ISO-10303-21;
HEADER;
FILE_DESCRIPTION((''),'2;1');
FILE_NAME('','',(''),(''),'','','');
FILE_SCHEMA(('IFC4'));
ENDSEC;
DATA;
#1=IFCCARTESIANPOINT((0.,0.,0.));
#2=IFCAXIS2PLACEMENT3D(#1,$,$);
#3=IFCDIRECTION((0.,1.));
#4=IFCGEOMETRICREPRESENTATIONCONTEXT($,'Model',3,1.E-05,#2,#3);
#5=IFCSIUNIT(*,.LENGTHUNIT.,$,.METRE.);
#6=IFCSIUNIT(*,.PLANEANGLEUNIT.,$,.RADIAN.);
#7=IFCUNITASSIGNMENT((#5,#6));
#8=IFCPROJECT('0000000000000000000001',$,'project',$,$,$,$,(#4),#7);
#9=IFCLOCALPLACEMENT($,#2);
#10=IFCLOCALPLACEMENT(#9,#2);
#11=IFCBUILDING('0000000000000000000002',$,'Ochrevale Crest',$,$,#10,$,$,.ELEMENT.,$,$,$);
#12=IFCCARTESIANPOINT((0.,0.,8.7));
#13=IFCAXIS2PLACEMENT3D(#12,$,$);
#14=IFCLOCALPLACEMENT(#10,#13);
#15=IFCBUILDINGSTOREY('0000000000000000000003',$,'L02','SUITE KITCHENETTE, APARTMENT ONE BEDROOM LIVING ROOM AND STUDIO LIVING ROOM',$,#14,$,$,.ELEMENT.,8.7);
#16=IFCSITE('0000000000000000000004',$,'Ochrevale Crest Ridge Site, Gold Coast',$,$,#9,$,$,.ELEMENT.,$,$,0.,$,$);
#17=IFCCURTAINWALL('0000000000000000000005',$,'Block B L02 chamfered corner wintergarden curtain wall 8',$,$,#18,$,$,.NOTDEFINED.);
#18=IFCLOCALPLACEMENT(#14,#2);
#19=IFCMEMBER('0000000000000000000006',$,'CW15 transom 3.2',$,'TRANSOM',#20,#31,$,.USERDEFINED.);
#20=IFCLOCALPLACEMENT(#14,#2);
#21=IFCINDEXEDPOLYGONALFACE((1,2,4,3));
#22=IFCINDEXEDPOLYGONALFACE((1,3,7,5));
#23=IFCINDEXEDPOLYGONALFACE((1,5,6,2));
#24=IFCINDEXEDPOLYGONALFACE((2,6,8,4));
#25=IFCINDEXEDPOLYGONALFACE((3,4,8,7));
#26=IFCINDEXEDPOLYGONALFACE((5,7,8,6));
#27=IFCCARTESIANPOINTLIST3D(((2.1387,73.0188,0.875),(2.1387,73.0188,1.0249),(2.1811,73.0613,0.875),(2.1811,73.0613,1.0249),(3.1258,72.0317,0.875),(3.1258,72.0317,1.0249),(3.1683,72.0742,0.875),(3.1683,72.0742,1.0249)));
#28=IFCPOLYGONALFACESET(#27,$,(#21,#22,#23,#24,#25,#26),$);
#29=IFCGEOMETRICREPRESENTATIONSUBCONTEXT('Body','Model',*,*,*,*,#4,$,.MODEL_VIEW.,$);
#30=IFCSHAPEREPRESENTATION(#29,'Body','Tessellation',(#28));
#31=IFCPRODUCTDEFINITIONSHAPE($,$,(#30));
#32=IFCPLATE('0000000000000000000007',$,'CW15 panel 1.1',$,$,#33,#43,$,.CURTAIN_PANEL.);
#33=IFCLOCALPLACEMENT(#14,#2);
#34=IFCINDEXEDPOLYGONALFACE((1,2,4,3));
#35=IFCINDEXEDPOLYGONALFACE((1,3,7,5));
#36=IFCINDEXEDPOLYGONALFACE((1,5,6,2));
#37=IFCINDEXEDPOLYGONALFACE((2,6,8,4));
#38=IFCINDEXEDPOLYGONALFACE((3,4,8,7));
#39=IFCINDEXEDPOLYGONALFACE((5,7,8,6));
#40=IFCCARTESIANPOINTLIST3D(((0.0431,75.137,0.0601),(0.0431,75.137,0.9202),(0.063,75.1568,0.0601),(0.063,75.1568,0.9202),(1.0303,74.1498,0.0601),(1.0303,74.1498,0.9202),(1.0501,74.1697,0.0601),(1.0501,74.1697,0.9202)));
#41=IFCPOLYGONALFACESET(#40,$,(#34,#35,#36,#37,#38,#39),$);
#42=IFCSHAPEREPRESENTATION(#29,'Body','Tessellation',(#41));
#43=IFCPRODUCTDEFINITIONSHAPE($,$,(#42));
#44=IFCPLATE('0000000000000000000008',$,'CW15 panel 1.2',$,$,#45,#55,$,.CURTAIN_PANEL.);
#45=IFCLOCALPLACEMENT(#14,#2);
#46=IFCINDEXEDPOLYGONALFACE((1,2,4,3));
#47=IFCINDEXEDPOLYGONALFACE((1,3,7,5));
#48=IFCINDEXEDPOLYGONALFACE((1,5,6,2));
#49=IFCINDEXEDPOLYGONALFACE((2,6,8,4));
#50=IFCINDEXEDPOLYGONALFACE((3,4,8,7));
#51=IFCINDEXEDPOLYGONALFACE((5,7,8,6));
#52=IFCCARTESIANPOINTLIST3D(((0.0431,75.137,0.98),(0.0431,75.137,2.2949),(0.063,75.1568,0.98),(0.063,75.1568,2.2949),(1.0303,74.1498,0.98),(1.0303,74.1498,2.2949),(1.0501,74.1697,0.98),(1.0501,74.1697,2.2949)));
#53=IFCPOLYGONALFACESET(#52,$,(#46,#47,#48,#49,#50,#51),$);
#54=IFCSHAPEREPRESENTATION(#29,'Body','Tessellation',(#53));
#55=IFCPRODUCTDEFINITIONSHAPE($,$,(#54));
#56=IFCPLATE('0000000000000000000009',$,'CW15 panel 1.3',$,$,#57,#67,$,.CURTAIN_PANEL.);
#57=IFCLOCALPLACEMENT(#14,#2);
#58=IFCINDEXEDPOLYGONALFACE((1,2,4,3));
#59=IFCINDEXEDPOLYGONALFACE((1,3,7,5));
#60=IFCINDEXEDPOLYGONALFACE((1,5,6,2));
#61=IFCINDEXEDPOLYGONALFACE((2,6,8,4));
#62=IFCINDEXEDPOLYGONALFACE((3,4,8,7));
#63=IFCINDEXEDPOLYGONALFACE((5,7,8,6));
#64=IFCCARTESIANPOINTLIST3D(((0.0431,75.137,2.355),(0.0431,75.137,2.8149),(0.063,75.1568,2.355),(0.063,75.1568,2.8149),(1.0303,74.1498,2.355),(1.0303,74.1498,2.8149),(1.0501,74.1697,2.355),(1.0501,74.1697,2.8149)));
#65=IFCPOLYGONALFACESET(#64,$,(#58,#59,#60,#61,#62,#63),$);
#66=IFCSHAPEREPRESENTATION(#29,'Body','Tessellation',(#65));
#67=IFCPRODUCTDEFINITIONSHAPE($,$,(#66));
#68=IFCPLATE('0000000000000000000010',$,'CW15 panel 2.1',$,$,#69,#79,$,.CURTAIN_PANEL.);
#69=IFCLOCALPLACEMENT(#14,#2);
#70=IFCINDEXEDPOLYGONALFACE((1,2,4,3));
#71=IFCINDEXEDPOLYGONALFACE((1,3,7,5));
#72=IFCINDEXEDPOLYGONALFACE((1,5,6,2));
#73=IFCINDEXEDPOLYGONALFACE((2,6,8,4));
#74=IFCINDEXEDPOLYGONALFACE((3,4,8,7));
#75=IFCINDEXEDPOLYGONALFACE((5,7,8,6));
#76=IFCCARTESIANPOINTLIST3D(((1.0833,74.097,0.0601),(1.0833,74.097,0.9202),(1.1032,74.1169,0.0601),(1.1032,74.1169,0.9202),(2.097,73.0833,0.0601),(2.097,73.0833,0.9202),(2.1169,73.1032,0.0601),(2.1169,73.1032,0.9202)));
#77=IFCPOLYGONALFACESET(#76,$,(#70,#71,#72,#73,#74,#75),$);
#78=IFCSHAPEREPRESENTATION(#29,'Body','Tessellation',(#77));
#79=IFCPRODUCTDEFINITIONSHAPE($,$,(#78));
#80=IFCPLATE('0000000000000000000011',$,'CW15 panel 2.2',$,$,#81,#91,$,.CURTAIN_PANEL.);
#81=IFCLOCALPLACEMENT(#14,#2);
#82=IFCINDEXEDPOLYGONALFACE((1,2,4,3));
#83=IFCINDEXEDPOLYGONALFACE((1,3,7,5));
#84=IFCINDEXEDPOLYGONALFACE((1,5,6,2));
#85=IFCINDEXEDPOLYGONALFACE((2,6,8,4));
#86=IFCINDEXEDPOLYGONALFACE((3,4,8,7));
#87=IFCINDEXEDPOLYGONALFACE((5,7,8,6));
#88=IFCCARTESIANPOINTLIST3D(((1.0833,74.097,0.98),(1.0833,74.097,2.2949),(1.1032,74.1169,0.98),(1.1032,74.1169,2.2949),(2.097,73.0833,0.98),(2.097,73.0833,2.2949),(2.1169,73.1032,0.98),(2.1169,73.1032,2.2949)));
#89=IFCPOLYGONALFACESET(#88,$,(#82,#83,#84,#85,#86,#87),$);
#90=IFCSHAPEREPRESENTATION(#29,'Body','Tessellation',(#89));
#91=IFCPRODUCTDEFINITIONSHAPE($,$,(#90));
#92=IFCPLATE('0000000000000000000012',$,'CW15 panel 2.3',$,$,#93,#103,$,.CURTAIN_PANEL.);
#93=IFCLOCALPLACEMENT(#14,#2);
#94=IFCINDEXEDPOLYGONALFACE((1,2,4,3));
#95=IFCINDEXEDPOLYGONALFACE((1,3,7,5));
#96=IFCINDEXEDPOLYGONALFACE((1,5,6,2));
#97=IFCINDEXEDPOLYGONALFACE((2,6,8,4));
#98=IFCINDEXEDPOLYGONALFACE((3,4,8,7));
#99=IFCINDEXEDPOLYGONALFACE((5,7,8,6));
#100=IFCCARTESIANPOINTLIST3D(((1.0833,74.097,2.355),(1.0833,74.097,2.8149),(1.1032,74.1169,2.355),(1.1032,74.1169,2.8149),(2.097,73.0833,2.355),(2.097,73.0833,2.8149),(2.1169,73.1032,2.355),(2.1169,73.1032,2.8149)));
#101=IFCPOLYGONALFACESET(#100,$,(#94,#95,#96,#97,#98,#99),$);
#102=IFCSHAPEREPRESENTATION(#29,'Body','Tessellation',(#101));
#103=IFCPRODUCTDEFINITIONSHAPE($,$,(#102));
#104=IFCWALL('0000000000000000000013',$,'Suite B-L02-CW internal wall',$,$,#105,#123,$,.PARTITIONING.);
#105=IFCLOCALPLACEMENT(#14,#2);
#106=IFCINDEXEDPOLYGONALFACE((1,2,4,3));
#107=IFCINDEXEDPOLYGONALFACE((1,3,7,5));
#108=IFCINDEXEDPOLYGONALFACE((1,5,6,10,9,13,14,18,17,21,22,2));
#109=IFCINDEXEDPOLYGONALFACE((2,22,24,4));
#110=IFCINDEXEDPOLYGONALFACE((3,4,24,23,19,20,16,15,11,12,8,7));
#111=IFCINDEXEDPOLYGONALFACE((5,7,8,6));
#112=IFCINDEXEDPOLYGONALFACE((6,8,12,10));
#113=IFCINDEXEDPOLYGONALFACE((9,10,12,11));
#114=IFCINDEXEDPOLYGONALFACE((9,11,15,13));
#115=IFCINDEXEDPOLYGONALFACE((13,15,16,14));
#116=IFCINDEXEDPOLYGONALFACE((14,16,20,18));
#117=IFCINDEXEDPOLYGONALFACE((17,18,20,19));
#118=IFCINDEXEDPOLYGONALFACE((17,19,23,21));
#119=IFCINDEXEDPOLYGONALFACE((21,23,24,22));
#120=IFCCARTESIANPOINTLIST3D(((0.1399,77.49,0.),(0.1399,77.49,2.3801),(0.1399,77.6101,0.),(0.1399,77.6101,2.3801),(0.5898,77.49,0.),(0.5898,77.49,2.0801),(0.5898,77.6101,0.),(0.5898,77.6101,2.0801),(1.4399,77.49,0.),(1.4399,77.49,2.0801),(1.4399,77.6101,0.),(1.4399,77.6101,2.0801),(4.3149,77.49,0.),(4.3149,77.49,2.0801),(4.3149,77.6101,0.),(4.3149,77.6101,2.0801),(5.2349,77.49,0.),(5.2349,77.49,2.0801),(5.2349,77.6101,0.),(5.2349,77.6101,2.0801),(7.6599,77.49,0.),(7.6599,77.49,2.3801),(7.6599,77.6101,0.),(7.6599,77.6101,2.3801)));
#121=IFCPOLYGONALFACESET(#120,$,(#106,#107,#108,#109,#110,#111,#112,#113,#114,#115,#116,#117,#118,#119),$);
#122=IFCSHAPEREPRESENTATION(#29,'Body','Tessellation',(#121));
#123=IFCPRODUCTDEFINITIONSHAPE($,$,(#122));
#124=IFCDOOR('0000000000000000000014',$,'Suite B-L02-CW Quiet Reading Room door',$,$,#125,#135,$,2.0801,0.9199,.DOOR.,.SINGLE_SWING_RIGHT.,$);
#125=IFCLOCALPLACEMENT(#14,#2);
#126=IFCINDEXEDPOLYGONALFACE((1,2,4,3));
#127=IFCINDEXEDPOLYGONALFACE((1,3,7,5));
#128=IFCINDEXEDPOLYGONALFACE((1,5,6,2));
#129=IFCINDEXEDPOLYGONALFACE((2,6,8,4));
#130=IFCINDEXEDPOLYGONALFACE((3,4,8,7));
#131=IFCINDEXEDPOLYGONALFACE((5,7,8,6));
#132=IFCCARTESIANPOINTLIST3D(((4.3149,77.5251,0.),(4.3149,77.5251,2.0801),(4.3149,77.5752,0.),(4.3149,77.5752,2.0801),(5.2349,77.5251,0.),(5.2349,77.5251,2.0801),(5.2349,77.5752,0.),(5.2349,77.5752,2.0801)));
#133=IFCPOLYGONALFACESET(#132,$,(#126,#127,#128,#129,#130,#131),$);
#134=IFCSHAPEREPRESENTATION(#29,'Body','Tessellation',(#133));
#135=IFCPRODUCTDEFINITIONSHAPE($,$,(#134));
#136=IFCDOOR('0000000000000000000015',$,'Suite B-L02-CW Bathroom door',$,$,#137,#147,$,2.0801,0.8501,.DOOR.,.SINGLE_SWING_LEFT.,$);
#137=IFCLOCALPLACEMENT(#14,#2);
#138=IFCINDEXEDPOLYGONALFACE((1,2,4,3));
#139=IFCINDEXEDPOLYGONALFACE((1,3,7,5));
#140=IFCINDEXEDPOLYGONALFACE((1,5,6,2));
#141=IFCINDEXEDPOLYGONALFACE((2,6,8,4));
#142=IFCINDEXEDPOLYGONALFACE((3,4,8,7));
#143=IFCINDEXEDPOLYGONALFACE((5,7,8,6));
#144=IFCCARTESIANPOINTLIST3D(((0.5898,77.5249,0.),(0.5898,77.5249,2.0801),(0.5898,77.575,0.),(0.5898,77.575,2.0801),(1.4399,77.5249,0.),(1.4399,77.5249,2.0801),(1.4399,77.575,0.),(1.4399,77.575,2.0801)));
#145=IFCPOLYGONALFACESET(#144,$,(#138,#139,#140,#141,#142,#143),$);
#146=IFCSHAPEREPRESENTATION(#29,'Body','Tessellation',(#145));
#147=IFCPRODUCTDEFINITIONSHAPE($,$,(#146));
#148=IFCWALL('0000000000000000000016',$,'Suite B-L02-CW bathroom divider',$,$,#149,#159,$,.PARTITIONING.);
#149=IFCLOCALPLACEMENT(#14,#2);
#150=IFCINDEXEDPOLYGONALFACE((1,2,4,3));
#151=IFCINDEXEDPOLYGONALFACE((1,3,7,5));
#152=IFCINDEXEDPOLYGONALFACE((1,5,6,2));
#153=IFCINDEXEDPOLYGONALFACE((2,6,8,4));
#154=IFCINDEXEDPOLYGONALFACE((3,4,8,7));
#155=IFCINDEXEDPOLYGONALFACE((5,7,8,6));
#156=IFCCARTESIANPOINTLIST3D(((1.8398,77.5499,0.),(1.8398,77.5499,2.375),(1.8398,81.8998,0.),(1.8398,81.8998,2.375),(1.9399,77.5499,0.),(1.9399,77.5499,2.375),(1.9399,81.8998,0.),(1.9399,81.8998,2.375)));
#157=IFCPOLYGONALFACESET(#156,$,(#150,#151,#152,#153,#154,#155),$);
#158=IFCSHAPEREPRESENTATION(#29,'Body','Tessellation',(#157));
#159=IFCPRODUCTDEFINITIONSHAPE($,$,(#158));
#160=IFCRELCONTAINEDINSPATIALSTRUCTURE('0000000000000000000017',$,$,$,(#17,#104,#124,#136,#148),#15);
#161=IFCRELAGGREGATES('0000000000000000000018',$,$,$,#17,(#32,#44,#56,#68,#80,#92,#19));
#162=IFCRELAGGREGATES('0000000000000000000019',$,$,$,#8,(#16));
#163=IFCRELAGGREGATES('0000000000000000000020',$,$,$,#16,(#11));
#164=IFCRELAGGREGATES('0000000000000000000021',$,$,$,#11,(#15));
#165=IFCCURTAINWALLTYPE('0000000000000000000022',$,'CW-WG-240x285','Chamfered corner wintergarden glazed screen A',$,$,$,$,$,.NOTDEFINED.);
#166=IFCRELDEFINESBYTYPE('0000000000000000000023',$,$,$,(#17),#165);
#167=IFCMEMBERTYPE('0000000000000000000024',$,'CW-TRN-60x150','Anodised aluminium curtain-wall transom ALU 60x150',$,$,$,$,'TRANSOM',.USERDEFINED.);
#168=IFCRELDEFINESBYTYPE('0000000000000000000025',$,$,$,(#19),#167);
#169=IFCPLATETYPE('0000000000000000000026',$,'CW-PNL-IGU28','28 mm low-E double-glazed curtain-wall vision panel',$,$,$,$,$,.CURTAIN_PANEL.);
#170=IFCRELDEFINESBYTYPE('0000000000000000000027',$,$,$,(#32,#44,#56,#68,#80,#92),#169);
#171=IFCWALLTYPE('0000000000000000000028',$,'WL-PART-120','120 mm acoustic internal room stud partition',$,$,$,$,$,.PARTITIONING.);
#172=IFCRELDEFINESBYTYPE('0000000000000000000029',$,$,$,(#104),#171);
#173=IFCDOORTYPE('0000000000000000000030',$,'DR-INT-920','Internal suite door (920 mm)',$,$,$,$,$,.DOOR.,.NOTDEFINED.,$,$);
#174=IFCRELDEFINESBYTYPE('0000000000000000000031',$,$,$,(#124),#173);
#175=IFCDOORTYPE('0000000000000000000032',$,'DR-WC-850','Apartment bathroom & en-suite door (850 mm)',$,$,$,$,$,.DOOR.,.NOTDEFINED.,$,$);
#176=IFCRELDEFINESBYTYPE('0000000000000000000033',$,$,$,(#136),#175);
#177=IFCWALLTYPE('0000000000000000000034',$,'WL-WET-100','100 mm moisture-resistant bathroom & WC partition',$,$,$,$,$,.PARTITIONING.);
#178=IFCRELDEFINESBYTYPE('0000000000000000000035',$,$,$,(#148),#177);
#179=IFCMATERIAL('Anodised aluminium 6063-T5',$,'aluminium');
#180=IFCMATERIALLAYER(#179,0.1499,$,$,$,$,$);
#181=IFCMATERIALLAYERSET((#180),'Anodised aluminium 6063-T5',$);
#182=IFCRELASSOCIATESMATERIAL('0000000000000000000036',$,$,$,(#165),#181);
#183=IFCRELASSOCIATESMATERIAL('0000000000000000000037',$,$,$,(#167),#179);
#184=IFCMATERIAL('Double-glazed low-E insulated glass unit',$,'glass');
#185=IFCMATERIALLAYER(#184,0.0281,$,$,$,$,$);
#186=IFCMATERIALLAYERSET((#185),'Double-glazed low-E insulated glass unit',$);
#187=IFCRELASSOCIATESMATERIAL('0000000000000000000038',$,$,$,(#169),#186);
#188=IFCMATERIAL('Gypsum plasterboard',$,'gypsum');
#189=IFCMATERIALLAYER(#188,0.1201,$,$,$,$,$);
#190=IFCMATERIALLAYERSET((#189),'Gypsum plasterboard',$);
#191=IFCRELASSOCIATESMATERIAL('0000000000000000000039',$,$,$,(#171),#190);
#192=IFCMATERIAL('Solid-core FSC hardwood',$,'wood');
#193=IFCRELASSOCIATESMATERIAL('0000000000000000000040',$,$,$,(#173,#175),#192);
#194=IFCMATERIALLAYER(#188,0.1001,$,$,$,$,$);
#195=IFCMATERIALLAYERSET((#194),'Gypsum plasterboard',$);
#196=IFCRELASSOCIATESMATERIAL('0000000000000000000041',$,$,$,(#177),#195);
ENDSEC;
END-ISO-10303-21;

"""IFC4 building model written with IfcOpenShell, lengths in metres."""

from ifc_helpers import new_model, si_unit, direction, frame, frame_2d, origin, origin_2d, place, context, subcontext, project, spatial, rectangle, extrude, material, layer, layer_set, material_profile, profile_set, type_object, element, fill, aggregate, save


model = new_model("IFC4")

# Units and contexts
model_context = context("Model", 3, precision=1e-05, world=origin(), true_north=direction((0.0, 1.0)))
body_context = subcontext(model_context, "Body", "Model", "MODEL_VIEW")
ifc_project = project(units=[si_unit("LENGTHUNIT", "METRE"), si_unit("PLANEANGLEUNIT", "RADIAN")], contexts=[model_context])

# Site, building, storey
site_placement = place(None, origin())
site = spatial("IfcSite", under=ifc_project, at=site_placement, Name="Ochrevale Crest Ridge Site, Gold Coast", CompositionType="ELEMENT", RefElevation=0.0)
building_placement = place(site_placement, origin())
building = spatial("IfcBuilding", under=site, at=building_placement, Name="Ochrevale Crest", CompositionType="ELEMENT")
storey_placement = place(building_placement, frame((0.0, 0.0, 8.7)))
storey = spatial("IfcBuildingStorey", under=building, at=storey_placement, Name="L02", Description="SUITE KITCHENETTE, APARTMENT ONE BEDROOM LIVING ROOM AND STUDIO LIVING ROOM", CompositionType="ELEMENT", Elevation=8.7)

# Curtain wall, member, plates
ifc_material_1 = material(Name="Anodised aluminium 6063-T5", Category="aluminium")
ifc_layer_1 = layer(ifc_material_1, 0.1499)
ifc_layer_set_1 = layer_set([ifc_layer_1], Name="Anodised aluminium 6063-T5")
curtain_wall_type = type_object("IfcCurtainWallType", Name="CW-WG-240x285", Description="Chamfered corner wintergarden glazed screen A", PredefinedType="NOTDEFINED", material=ifc_layer_set_1)
curtain_wall_placement = place(storey_placement, origin())
curtain_wall = element("IfcCurtainWall", 1, at=curtain_wall_placement, inside=storey, type_object=curtain_wall_type, Name="Block B L02 chamfered corner wintergarden curtain wall 8", PredefinedType="NOTDEFINED")
ifc_material_profile_1 = material_profile(ifc_material_1, rectangle(XDim=0.0601, YDim=0.1499, at=origin_2d()), Name="ALU 60x150")
ifc_profile_set_1 = profile_set([ifc_material_profile_1], Name="Anodised aluminium 6063-T5")
member_type_1 = type_object("IfcMemberType", Name="CW-TRN-60x150", Description="Anodised aluminium curtain-wall transom ALU 60x150", ElementType="TRANSOM", PredefinedType="USERDEFINED", material=ifc_profile_set_1)
member_1_placement = place(storey_placement, frame((2.1599, 73.04, 0.95), z_axis=(0.707107, -0.707107, 0.0), x_axis=(0.707107, 0.707107, 0.0)))
member_1 = element("IfcMember", 2, at=member_1_placement, type_object=member_type_1, Name="CW15 transom 3.2", ObjectType="TRANSOM", PredefinedType="USERDEFINED", context=body_context, shape_type="SweptSolid", body=[
    extrude(rectangle(XDim=0.0601, YDim=0.1499, at=origin_2d()), origin(), (0.0, 0.0, 1.0), 1.396),
])
ifc_material_2 = material(Name="Double-glazed low-E insulated glass unit", Category="glass")
ifc_layer_2 = layer(ifc_material_2, 0.0281)
ifc_layer_set_2 = layer_set([ifc_layer_2], Name="Double-glazed low-E insulated glass unit")
plate_type = type_object("IfcPlateType", Name="CW-PNL-IGU28", Description="28 mm low-E double-glazed curtain-wall vision panel", PredefinedType="CURTAIN_PANEL", material=ifc_layer_set_2)
plate_1_placement = place(storey_placement, frame((0.5466, 74.6533, 0.0601), z_axis=(0.0, 0.0, 1.0), x_axis=(0.707107, -0.707107, 0.0)))
plate_1 = element("IfcPlate", 3, at=plate_1_placement, type_object=plate_type, Name="CW15 panel 1.1", PredefinedType="CURTAIN_PANEL", context=body_context, shape_type="SweptSolid", body=[
    extrude(rectangle(XDim=1.396, YDim=0.0281, at=origin_2d()), origin(), (0.0, 0.0, 1.0), 0.8601),
])
plate_2_placement = place(storey_placement, frame((0.5466, 74.6533, 0.98), z_axis=(0.0, 0.0, 1.0), x_axis=(0.707107, -0.707107, 0.0)))
plate_2 = element("IfcPlate", 4, at=plate_2_placement, type_object=plate_type, Name="CW15 panel 1.2", PredefinedType="CURTAIN_PANEL", context=body_context, shape_type="SweptSolid", body=[
    extrude(rectangle(XDim=1.396, YDim=0.0281, at=origin_2d()), origin(), (0.0, 0.0, 1.0), 1.3149),
])
plate_3_placement = place(storey_placement, frame((0.5466, 74.6533, 2.355), z_axis=(0.0, 0.0, 1.0), x_axis=(0.707107, -0.707107, 0.0)))
plate_3 = element("IfcPlate", 5, at=plate_3_placement, type_object=plate_type, Name="CW15 panel 1.3", PredefinedType="CURTAIN_PANEL", context=body_context, shape_type="SweptSolid", body=[
    extrude(rectangle(XDim=1.396, YDim=0.0281, at=origin_2d()), origin(), (0.0, 0.0, 1.0), 0.46),
])
plate_4_placement = place(storey_placement, frame((1.6001, 73.6001, 0.0601), z_axis=(0.0, 0.0, 1.0), x_axis=(0.707107, -0.707107, 0.0)))
plate_4 = element("IfcPlate", 6, at=plate_4_placement, type_object=plate_type, Name="CW15 panel 2.1", PredefinedType="CURTAIN_PANEL", context=body_context, shape_type="SweptSolid", body=[
    extrude(rectangle(XDim=1.4336, YDim=0.0281, at=origin_2d()), origin(), (0.0, 0.0, 1.0), 0.8601),
])
plate_5_placement = place(storey_placement, frame((1.6001, 73.6001, 0.98), z_axis=(0.0, 0.0, 1.0), x_axis=(0.707107, -0.707107, 0.0)))
plate_5 = element("IfcPlate", 7, at=plate_5_placement, type_object=plate_type, Name="CW15 panel 2.2", PredefinedType="CURTAIN_PANEL", context=body_context, shape_type="SweptSolid", body=[
    extrude(rectangle(XDim=1.4336, YDim=0.0281, at=origin_2d()), origin(), (0.0, 0.0, 1.0), 1.3149),
])
plate_6_placement = place(storey_placement, frame((1.6001, 73.6001, 2.355), z_axis=(0.0, 0.0, 1.0), x_axis=(0.707107, -0.707107, 0.0)))
plate_6 = element("IfcPlate", 8, at=plate_6_placement, type_object=plate_type, Name="CW15 panel 2.3", PredefinedType="CURTAIN_PANEL", context=body_context, shape_type="SweptSolid", body=[
    extrude(rectangle(XDim=1.4336, YDim=0.0281, at=origin_2d()), origin(), (0.0, 0.0, 1.0), 0.46),
])
aggregate(curtain_wall, [plate_1, plate_2, plate_3, plate_4, plate_5, plate_6, member_1])

# Wall, openings, doors
ifc_material_3 = material(Name="Gypsum plasterboard", Category="gypsum")
ifc_layer_3 = layer(ifc_material_3, 0.1201)
ifc_layer_set_3 = layer_set([ifc_layer_3], Name="Gypsum plasterboard")
wall_type_1 = type_object("IfcWallType", Name="WL-PART-120", Description="120 mm acoustic internal room stud partition", PredefinedType="PARTITIONING", material=ifc_layer_set_3)
wall_1_placement = place(storey_placement, frame((0.1399, 77.55, 0.0), z_axis=(0.0, 0.0, 1.0), x_axis=(1.0, 0.0, 0.0)))
wall_1 = element("IfcWall", 9, at=wall_1_placement, inside=storey, type_object=wall_type_1, Name="Suite B-L02-CW internal wall", PredefinedType="PARTITIONING", context=body_context, shape_type="SweptSolid", body=[
    extrude(rectangle(XDim=7.52, YDim=0.1201, at=frame_2d((3.76, 0.0))), origin(), (0.0, 0.0, 1.0), 2.3801),
])
opening_1_placement = place(wall_1_placement, frame((0.45, 0.0, 0.0)))
opening_1 = element("IfcOpeningElement", 10, at=opening_1_placement, cuts=wall_1, PredefinedType="OPENING", context=body_context, shape_type="SweptSolid", body=[
    extrude(rectangle(XDim=0.8501, YDim=2.0801, at=frame_2d((0.425, 1.04))), frame((0.0, 0.0701, 0.0), z_axis=(0.0, -1.0, 0.0), x_axis=(1.0, 0.0, 0.0)), (0.0, 0.0, 1.0), 0.1401),
])
opening_2_placement = place(wall_1_placement, frame((5.095, 0.0, 0.0), z_axis=(0.0, 0.0, 1.0), x_axis=(-1.0, 0.0, 0.0)))
opening_2 = element("IfcOpeningElement", 11, at=opening_2_placement, cuts=wall_1, PredefinedType="OPENING", context=body_context, shape_type="SweptSolid", body=[
    extrude(rectangle(XDim=0.9199, YDim=2.0801, at=frame_2d((0.46, 1.04))), frame((0.0, 0.0701, 0.0), z_axis=(0.0, -1.0, 0.0), x_axis=(1.0, 0.0, 0.0)), (0.0, 0.0, 1.0), 0.1401),
])
ifc_material_4 = material(Name="Solid-core FSC hardwood", Category="wood")
door_type_1 = type_object("IfcDoorType", Name="DR-INT-920", Description="Internal suite door (920 mm)", OperationType="NOTDEFINED", PredefinedType="DOOR", material=ifc_material_4)
door_1_placement = place(opening_2_placement, origin())
door_1 = element("IfcDoor", 12, at=door_1_placement, inside=storey, type_object=door_type_1, Name="Suite B-L02-CW Quiet Reading Room door", OperationType="SINGLE_SWING_RIGHT", OverallHeight=2.0801, OverallWidth=0.9199, PredefinedType="DOOR", context=body_context, shape_type="SweptSolid", body=[
    extrude(rectangle(XDim=0.9199, YDim=2.0801, at=frame_2d((0.46, 1.04))), frame((0.0, 0.0249, 0.0), z_axis=(0.0, -1.0, 0.0), x_axis=(1.0, 0.0, 0.0)), (0.0, 0.0, 1.0), 0.05),
])
fill(opening_2, door_1)
door_type_2 = type_object("IfcDoorType", Name="DR-WC-850", Description="Apartment bathroom & en-suite door (850 mm)", OperationType="NOTDEFINED", PredefinedType="DOOR", material=ifc_material_4)
door_2_placement = place(opening_1_placement, origin())
door_2 = element("IfcDoor", 13, at=door_2_placement, inside=storey, type_object=door_type_2, Name="Suite B-L02-CW Bathroom door", OperationType="SINGLE_SWING_LEFT", OverallHeight=2.0801, OverallWidth=0.8501, PredefinedType="DOOR", context=body_context, shape_type="SweptSolid", body=[
    extrude(rectangle(XDim=0.8501, YDim=2.0801, at=frame_2d((0.425, 1.04))), frame((0.0, 0.0249, 0.0), z_axis=(0.0, -1.0, 0.0), x_axis=(1.0, 0.0, 0.0)), (0.0, 0.0, 1.0), 0.05),
])
fill(opening_1, door_2)

# Wall
ifc_layer_4 = layer(ifc_material_3, 0.1001)
ifc_layer_set_4 = layer_set([ifc_layer_4], Name="Gypsum plasterboard")
wall_type_2 = type_object("IfcWallType", Name="WL-WET-100", Description="100 mm moisture-resistant bathroom & WC partition", PredefinedType="PARTITIONING", material=ifc_layer_set_4)
wall_2_placement = place(storey_placement, frame((1.8899, 77.55, 0.0), z_axis=(0.0, 0.0, 1.0), x_axis=(0.0, 1.0, 0.0)))
element("IfcWall", 14, at=wall_2_placement, inside=storey, type_object=wall_type_2, Name="Suite B-L02-CW bathroom divider", PredefinedType="PARTITIONING", context=body_context, shape_type="SweptSolid", body=[
    extrude(rectangle(XDim=4.3499, YDim=0.1001, at=frame_2d((2.1748, 0.0))), origin(), (0.0, 0.0, 1.0), 2.375),
])

save(model, "model.ifc")
